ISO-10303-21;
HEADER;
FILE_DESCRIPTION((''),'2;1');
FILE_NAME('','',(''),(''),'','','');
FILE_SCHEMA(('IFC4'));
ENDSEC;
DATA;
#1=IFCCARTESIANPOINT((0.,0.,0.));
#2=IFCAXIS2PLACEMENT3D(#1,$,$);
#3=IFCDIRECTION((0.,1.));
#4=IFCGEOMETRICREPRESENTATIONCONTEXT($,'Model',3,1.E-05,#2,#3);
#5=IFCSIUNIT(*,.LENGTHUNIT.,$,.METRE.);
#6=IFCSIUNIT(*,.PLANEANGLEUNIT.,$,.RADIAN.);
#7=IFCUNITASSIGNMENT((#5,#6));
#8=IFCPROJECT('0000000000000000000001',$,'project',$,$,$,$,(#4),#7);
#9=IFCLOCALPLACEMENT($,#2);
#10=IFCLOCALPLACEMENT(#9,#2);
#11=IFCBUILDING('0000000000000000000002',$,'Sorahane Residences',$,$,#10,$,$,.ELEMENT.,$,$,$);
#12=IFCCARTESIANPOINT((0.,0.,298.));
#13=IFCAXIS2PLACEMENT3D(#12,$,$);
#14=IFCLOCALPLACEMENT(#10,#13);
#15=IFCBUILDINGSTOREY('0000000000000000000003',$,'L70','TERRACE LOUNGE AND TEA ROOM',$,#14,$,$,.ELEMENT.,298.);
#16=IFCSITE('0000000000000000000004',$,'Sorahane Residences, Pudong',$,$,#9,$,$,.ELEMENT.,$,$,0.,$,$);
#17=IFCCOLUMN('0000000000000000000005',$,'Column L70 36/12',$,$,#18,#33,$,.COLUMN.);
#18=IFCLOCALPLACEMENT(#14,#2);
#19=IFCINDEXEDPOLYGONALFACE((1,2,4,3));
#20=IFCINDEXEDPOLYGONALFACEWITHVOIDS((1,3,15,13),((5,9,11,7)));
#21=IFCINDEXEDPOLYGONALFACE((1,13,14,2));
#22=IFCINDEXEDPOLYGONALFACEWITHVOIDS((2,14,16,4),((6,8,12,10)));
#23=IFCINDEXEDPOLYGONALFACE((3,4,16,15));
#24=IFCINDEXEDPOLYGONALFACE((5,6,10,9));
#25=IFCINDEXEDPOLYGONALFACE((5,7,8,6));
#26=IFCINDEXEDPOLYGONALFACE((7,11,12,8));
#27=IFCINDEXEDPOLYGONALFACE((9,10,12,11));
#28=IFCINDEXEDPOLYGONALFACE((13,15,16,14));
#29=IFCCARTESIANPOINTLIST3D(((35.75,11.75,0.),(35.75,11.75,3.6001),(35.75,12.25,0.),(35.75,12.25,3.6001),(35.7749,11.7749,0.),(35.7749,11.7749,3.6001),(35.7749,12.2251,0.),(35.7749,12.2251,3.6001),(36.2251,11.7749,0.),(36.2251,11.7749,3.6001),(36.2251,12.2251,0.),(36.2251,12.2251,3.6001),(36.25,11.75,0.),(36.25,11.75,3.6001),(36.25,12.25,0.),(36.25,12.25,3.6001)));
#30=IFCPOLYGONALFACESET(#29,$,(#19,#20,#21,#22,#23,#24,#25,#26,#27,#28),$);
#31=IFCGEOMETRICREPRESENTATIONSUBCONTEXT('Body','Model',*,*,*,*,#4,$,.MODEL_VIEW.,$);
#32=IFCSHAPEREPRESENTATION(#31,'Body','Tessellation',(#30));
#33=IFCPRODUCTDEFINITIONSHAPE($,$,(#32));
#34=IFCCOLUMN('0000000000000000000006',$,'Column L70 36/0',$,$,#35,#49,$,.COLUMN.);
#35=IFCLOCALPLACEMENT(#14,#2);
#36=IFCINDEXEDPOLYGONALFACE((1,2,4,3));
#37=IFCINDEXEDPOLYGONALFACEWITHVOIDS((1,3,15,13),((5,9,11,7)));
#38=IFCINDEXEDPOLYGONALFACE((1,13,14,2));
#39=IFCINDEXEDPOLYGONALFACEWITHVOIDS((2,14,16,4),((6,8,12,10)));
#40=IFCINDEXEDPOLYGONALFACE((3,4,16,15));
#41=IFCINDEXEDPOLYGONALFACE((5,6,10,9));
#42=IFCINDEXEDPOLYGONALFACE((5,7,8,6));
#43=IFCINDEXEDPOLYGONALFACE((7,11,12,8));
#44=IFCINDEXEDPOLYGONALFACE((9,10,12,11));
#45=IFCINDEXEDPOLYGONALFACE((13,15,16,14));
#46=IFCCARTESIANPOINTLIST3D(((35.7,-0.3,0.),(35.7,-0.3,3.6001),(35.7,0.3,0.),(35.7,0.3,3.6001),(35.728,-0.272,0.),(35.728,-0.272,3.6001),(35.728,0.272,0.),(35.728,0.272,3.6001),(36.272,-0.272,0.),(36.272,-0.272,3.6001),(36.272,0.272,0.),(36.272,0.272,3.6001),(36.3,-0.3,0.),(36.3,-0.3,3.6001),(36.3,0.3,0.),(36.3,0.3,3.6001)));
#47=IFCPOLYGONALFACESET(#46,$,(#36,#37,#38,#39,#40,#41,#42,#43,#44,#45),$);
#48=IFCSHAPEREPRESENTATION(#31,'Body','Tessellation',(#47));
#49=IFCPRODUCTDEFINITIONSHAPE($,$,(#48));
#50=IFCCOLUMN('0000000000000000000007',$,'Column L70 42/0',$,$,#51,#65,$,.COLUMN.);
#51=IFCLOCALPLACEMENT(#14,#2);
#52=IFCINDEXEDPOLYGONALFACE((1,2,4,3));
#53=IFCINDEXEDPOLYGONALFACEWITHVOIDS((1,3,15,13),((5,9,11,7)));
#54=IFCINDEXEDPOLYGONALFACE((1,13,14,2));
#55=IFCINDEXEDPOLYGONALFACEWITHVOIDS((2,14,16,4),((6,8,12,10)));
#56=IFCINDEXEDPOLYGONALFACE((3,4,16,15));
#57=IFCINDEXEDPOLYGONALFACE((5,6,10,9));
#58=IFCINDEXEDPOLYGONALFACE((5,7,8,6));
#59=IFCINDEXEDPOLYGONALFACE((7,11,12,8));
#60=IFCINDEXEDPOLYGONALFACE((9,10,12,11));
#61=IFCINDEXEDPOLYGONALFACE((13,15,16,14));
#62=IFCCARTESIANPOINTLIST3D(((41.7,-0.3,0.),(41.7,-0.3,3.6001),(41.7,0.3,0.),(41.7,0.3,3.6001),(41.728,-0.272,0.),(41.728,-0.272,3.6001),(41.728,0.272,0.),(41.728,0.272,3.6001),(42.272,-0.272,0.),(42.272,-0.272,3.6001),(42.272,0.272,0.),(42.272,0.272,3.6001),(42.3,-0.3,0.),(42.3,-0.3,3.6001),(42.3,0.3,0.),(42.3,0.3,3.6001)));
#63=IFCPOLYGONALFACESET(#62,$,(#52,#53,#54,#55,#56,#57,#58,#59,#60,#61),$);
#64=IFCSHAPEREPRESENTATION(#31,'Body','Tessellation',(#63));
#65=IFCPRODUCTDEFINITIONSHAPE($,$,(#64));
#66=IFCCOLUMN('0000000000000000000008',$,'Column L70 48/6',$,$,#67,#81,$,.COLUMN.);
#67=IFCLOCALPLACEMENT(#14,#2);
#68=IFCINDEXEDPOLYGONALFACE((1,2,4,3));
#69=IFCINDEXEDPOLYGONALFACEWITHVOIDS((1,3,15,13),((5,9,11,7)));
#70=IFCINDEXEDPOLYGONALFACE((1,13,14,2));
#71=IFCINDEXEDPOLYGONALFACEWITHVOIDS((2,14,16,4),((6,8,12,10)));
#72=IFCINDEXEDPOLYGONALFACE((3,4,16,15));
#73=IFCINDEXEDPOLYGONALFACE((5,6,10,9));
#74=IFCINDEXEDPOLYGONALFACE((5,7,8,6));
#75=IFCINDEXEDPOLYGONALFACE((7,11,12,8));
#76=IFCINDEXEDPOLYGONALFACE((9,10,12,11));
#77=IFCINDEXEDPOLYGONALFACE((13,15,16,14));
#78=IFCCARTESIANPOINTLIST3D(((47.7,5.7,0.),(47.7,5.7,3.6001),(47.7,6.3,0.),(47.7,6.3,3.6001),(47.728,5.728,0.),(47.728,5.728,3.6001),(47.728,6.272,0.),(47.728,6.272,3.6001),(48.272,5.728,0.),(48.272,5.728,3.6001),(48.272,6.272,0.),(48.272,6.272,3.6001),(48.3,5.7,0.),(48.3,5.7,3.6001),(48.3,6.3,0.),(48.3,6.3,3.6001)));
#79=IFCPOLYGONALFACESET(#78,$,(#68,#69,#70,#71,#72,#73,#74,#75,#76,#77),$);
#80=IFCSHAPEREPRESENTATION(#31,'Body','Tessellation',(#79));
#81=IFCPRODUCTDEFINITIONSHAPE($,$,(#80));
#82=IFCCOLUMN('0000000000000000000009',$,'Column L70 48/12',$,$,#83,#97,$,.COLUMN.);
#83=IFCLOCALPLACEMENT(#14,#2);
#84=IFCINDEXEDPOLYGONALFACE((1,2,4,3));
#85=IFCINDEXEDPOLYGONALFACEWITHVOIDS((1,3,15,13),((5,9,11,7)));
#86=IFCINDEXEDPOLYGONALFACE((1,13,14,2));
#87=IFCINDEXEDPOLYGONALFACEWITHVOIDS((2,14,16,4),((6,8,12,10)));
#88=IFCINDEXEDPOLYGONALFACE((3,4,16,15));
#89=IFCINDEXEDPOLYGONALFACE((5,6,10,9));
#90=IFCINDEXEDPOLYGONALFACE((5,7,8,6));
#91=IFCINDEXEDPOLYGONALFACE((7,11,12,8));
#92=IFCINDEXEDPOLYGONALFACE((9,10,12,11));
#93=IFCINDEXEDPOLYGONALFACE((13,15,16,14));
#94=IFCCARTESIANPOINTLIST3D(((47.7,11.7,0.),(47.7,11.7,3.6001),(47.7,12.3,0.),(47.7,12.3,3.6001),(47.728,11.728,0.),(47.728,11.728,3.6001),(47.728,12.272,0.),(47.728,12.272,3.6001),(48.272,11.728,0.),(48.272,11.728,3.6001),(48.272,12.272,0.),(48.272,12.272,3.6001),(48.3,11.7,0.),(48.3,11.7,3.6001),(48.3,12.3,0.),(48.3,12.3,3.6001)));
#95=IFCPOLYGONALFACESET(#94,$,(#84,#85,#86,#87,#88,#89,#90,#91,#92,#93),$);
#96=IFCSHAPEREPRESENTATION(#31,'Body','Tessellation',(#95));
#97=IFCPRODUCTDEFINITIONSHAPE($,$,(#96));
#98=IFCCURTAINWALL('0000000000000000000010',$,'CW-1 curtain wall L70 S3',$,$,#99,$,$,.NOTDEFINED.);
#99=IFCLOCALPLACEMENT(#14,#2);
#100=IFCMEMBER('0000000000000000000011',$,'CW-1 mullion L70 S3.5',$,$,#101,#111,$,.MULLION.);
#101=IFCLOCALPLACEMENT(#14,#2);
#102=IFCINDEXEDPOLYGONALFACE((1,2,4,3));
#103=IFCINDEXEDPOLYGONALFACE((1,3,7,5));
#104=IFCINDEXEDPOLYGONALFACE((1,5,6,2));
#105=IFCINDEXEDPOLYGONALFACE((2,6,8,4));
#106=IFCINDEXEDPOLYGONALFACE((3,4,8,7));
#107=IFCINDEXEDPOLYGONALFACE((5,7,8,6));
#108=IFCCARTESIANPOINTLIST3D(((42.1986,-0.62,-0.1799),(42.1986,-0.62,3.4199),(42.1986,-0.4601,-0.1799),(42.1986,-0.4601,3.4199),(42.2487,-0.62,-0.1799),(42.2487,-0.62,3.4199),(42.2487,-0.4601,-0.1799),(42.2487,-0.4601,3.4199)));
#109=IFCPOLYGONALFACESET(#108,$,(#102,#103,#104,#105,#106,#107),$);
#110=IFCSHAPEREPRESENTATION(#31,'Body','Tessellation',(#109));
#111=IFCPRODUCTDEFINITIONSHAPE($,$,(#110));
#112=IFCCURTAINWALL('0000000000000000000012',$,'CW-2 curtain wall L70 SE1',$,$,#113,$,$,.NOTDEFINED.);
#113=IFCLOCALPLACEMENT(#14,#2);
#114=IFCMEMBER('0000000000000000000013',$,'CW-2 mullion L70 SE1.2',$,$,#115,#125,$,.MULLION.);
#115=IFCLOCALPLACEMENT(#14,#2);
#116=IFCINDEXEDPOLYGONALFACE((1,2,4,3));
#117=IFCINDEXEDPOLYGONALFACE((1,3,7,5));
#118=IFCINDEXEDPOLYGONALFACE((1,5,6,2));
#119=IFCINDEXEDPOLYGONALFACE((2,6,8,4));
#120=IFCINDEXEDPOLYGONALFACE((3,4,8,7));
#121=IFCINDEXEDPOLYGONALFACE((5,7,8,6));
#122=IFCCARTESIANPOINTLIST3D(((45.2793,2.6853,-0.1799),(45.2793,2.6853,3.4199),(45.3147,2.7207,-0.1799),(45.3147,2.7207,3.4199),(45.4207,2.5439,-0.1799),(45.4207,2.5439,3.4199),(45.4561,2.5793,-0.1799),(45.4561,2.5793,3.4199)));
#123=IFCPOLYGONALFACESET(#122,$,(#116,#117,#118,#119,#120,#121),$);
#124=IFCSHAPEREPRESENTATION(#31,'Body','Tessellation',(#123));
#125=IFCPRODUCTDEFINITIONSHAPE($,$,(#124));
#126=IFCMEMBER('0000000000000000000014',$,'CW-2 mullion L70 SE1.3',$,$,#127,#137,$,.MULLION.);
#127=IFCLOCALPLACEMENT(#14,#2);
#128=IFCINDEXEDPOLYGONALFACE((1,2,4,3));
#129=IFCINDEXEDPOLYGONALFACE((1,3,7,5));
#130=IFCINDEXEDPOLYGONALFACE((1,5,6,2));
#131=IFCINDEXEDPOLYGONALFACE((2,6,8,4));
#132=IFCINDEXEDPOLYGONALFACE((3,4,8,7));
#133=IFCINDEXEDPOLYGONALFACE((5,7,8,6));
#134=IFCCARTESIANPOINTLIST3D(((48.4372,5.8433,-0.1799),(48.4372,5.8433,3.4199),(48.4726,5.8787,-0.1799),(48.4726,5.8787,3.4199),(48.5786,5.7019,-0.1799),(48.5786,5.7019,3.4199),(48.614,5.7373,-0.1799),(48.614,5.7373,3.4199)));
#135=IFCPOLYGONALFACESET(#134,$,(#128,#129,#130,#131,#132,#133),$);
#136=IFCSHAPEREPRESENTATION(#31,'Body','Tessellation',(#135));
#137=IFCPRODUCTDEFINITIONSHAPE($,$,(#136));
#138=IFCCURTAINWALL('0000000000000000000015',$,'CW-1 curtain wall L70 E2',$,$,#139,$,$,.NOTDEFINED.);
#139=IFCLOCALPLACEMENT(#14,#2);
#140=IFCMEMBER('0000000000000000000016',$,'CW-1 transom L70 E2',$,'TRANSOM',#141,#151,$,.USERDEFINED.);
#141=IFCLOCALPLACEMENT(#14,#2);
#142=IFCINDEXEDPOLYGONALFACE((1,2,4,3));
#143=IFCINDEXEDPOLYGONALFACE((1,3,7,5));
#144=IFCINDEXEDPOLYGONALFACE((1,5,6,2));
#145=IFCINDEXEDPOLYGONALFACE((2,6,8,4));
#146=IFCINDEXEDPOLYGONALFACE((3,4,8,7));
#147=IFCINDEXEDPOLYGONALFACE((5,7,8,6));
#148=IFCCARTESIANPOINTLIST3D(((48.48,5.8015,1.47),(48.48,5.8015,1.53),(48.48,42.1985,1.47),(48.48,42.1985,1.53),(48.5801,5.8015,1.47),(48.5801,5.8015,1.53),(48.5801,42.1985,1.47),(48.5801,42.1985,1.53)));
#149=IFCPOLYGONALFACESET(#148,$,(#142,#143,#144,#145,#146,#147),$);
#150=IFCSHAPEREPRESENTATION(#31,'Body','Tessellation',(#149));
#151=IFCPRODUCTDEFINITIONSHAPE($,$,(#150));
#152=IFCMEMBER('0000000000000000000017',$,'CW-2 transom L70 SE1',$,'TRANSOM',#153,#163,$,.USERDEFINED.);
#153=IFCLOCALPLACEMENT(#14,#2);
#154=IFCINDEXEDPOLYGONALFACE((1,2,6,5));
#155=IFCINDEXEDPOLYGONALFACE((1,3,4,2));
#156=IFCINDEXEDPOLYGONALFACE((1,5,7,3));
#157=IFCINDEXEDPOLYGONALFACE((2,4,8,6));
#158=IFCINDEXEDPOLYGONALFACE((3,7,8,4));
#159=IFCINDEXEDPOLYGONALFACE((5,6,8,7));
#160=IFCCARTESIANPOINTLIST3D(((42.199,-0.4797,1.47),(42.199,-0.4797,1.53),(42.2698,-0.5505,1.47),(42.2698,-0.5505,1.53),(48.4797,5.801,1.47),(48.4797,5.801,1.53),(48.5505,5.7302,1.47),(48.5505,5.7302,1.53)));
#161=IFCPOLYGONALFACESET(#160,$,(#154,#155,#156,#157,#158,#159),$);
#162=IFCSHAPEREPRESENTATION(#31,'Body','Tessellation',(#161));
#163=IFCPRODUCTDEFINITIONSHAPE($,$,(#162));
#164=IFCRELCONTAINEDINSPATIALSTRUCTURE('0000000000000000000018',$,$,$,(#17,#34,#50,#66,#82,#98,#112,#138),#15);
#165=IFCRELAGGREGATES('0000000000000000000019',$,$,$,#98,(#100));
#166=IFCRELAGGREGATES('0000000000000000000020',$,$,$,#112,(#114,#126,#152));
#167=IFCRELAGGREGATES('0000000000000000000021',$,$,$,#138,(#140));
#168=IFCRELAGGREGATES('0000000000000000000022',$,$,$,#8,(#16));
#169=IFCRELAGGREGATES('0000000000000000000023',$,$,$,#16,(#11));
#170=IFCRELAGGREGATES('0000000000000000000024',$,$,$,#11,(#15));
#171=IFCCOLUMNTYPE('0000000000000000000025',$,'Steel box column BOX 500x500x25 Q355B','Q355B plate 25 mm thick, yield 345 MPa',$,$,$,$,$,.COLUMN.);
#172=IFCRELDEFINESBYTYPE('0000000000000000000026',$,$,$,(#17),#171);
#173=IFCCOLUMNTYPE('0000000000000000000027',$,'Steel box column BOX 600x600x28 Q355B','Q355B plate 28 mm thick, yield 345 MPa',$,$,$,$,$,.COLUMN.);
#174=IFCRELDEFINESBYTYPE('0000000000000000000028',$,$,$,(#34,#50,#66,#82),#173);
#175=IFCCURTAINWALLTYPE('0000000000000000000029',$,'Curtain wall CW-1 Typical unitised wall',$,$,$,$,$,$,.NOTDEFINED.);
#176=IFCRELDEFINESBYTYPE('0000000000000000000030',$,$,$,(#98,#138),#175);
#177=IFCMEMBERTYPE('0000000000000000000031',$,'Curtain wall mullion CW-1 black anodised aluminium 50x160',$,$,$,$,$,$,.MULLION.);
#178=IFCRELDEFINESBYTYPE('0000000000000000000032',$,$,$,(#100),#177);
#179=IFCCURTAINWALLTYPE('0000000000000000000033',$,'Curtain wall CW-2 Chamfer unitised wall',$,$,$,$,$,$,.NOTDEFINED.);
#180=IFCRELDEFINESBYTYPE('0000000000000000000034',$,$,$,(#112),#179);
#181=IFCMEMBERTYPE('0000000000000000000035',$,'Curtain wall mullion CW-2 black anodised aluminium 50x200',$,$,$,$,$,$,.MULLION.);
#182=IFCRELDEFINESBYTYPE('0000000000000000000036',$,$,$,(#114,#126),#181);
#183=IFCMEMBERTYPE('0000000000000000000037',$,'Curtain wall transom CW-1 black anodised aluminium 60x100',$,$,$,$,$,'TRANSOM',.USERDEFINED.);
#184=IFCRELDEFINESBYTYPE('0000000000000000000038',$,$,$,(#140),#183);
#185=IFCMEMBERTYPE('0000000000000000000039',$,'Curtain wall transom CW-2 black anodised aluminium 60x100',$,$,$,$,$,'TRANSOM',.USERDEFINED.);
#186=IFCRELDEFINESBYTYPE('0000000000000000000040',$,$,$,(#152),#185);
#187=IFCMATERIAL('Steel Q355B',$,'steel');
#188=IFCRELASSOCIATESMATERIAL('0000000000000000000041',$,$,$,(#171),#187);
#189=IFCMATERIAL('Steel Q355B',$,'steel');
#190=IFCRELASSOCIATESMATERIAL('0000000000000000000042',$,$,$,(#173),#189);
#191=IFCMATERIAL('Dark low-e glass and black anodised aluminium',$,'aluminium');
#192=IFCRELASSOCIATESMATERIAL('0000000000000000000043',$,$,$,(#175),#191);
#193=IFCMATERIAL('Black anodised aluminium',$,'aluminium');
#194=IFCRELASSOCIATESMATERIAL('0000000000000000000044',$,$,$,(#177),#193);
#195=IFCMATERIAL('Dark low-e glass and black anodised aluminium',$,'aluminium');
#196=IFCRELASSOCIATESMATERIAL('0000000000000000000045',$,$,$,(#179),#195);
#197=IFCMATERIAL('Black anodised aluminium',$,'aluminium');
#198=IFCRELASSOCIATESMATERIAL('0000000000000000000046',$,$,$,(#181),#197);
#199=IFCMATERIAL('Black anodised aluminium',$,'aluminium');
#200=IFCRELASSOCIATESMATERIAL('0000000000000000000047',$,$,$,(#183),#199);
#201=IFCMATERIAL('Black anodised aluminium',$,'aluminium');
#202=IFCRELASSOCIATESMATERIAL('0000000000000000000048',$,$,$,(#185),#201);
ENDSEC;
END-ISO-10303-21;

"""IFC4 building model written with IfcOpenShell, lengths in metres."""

from ifc_helpers import new_model, si_unit, direction, frame, origin, origin_2d, place, context, subcontext, project, spatial, rectangle, hollow_rectangle, extrude, material, material_profile, profile_set, type_object, element, aggregate, save


model = new_model("IFC4")

# Units and contexts
model_context = context("Model", 3, precision=1e-05, world=origin(), true_north=direction((0.0, 1.0)))
body_context = subcontext(model_context, "Body", "Model", "MODEL_VIEW")
ifc_project = project(units=[si_unit("LENGTHUNIT", "METRE"), si_unit("PLANEANGLEUNIT", "RADIAN")], contexts=[model_context])

# Site, building, storey
site_placement = place(None, origin())
site = spatial("IfcSite", under=ifc_project, at=site_placement, Name="Sorahane Residences, Pudong", CompositionType="ELEMENT", RefElevation=0.0)
building_placement = place(site_placement, origin())
building = spatial("IfcBuilding", under=site, at=building_placement, Name="Sorahane Residences", CompositionType="ELEMENT")
storey_placement = place(building_placement, frame((0.0, 0.0, 298.0)))
storey = spatial("IfcBuildingStorey", under=building, at=storey_placement, Name="L70", Description="TERRACE LOUNGE AND TEA ROOM", CompositionType="ELEMENT", Elevation=298.0)

# Columns
ifc_material_1 = material(Name="Steel Q355B", Category="steel")
ifc_material_profile_1 = material_profile(ifc_material_1, hollow_rectangle(XDim=0.5, YDim=0.5, WallThickness=0.0249, at=origin_2d()), Name="BOX 500x500x25")
ifc_profile_set_1 = profile_set([ifc_material_profile_1], Name="Steel Q355B")
column_type_1 = type_object("IfcColumnType", Name="Steel box column BOX 500x500x25 Q355B", Description="Q355B plate 25 mm thick, yield 345 MPa", PredefinedType="COLUMN", material=ifc_profile_set_1)
column_placement = place(storey_placement, frame((36.0, 12.0, 0.0), z_axis=(0.0, 0.0, 1.0), x_axis=(1.0, 0.0, 0.0)))
element("IfcColumn", 1, at=column_placement, inside=storey, type_object=column_type_1, Name="Column L70 36/12", PredefinedType="COLUMN", context=body_context, shape_type="SweptSolid", body=[
    extrude(hollow_rectangle(XDim=0.5, YDim=0.5, WallThickness=0.0249, at=origin_2d()), origin(), (0.0, 0.0, 1.0), 3.6001),
])
ifc_material_2 = material(Name="Steel Q355B", Category="steel")
ifc_material_profile_2 = material_profile(ifc_material_2, hollow_rectangle(XDim=0.6001, YDim=0.6001, WallThickness=0.0281, at=origin_2d()), Name="BOX 600x600x28")
ifc_profile_set_2 = profile_set([ifc_material_profile_2], Name="Steel Q355B")
column_type_2 = type_object("IfcColumnType", Name="Steel box column BOX 600x600x28 Q355B", Description="Q355B plate 28 mm thick, yield 345 MPa", PredefinedType="COLUMN", material=ifc_profile_set_2)
for number, where, z_axis, x_axis, name in (
    (2, (36.0, 0.0, 0.0), (0.0, 0.0, 1.0), (1.0, 0.0, 0.0), "Column L70 36/0"),
    (3, (42.0, 0.0, 0.0), (0.0, 0.0, 1.0), (1.0, 0.0, 0.0), "Column L70 42/0"),
    (4, (48.0, 6.0, 0.0), (0.0, 0.0, 1.0), (1.0, 0.0, 0.0), "Column L70 48/6"),
    (5, (48.0, 12.0, 0.0), (0.0, 0.0, 1.0), (1.0, 0.0, 0.0), "Column L70 48/12"),
):
    element("IfcColumn", number, at=place(storey_placement, frame(where, z_axis=z_axis, x_axis=x_axis)), inside=storey, type_object=column_type_2, Name=name, PredefinedType="COLUMN", context=body_context, shape_type="SweptSolid", body=[
        extrude(hollow_rectangle(XDim=0.6001, YDim=0.6001, WallThickness=0.0281, at=origin_2d()), origin(), (0.0, 0.0, 1.0), 3.6001),
    ])

# Curtain wall, member
ifc_material_3 = material(Name="Dark low-e glass and black anodised aluminium", Category="aluminium")
curtain_wall_type_1 = type_object("IfcCurtainWallType", Name="Curtain wall CW-1 Typical unitised wall", PredefinedType="NOTDEFINED", material=ifc_material_3)
curtain_wall_1_placement = place(storey_placement, origin())
curtain_wall_1 = element("IfcCurtainWall", 6, at=curtain_wall_1_placement, inside=storey, type_object=curtain_wall_type_1, Name="CW-1 curtain wall L70 S3", PredefinedType="NOTDEFINED")
ifc_material_4 = material(Name="Black anodised aluminium", Category="aluminium")
ifc_material_profile_3 = material_profile(ifc_material_4, rectangle(XDim=0.1599, YDim=0.05, at=origin_2d()), Name="Curtain wall mullion CW-1 black anodised aluminium 50x160")
ifc_profile_set_3 = profile_set([ifc_material_profile_3], Name="Black anodised aluminium")
member_type_1 = type_object("IfcMemberType", Name="Curtain wall mullion CW-1 black anodised aluminium 50x160", PredefinedType="MULLION", material=ifc_profile_set_3)
member_1_placement = place(storey_placement, frame((42.2236, -0.54, -0.1799), z_axis=(0.0, 0.0, 1.0), x_axis=(0.0, -1.0, 0.0)))
member_1 = element("IfcMember", 7, at=member_1_placement, type_object=member_type_1, Name="CW-1 mullion L70 S3.5", PredefinedType="MULLION", context=body_context, shape_type="SweptSolid", body=[
    extrude(rectangle(XDim=0.1599, YDim=0.05, at=origin_2d()), origin(), (0.0, 0.0, 1.0), 3.5999),
])

# Curtain wall, members
ifc_material_5 = material(Name="Dark low-e glass and black anodised aluminium", Category="aluminium")
curtain_wall_type_2 = type_object("IfcCurtainWallType", Name="Curtain wall CW-2 Chamfer unitised wall", PredefinedType="NOTDEFINED", material=ifc_material_5)
curtain_wall_2_placement = place(storey_placement, origin())
curtain_wall_2 = element("IfcCurtainWall", 8, at=curtain_wall_2_placement, inside=storey, type_object=curtain_wall_type_2, Name="CW-2 curtain wall L70 SE1", PredefinedType="NOTDEFINED")
ifc_material_6 = material(Name="Black anodised aluminium", Category="aluminium")
ifc_material_profile_4 = material_profile(ifc_material_6, rectangle(XDim=0.2, YDim=0.05, at=origin_2d()), Name="Curtain wall mullion CW-2 black anodised aluminium 50x200")
ifc_profile_set_4 = profile_set([ifc_material_profile_4], Name="Black anodised aluminium")
member_type_2 = type_object("IfcMemberType", Name="Curtain wall mullion CW-2 black anodised aluminium 50x200", PredefinedType="MULLION", material=ifc_profile_set_4)
member_2_placement = place(storey_placement, frame((45.3677, 2.6323, -0.1799), z_axis=(0.0, 0.0, 1.0), x_axis=(0.707107, -0.707107, 0.0)))
member_2 = element("IfcMember", 9, at=member_2_placement, type_object=member_type_2, Name="CW-2 mullion L70 SE1.2", PredefinedType="MULLION", context=body_context, shape_type="SweptSolid", body=[
    extrude(rectangle(XDim=0.2, YDim=0.05, at=origin_2d()), origin(), (0.0, 0.0, 1.0), 3.5999),
])
member_3_placement = place(storey_placement, frame((48.5256, 5.7903, -0.1799), z_axis=(0.0, 0.0, 1.0), x_axis=(0.707107, -0.707107, 0.0)))
member_3 = element("IfcMember", 10, at=member_3_placement, type_object=member_type_2, Name="CW-2 mullion L70 SE1.3", PredefinedType="MULLION", context=body_context, shape_type="SweptSolid", body=[
    extrude(rectangle(XDim=0.2, YDim=0.05, at=origin_2d()), origin(), (0.0, 0.0, 1.0), 3.5999),
])

# Curtain wall, member
curtain_wall_3_placement = place(storey_placement, origin())
curtain_wall_3 = element("IfcCurtainWall", 11, at=curtain_wall_3_placement, inside=storey, type_object=curtain_wall_type_1, Name="CW-1 curtain wall L70 E2", PredefinedType="NOTDEFINED")
ifc_material_7 = material(Name="Black anodised aluminium", Category="aluminium")
ifc_material_profile_5 = material_profile(ifc_material_7, rectangle(XDim=0.1001, YDim=0.0601, at=origin_2d()), Name="Curtain wall transom CW-1 black anodised aluminium 60x100")
ifc_profile_set_5 = profile_set([ifc_material_profile_5], Name="Black anodised aluminium")
member_type_3 = type_object("IfcMemberType", Name="Curtain wall transom CW-1 black anodised aluminium 60x100", ElementType="TRANSOM", PredefinedType="USERDEFINED", material=ifc_profile_set_5)
member_4_placement = place(storey_placement, frame((48.53, 5.8015, 1.5), z_axis=(0.0, 1.0, 0.0), x_axis=(-1.0, 0.0, 0.0)))
member_4 = element("IfcMember", 12, at=member_4_placement, type_object=member_type_3, Name="CW-1 transom L70 E2", ObjectType="TRANSOM", PredefinedType="USERDEFINED", context=body_context, shape_type="SweptSolid", body=[
    extrude(rectangle(XDim=0.1001, YDim=0.0601, at=origin_2d()), origin(), (0.0, 0.0, 1.0), 36.397),
])

# Member
ifc_material_8 = material(Name="Black anodised aluminium", Category="aluminium")
ifc_material_profile_6 = material_profile(ifc_material_8, rectangle(XDim=0.1001, YDim=0.0601, at=origin_2d()), Name="Curtain wall transom CW-2 black anodised aluminium 60x100")
ifc_profile_set_6 = profile_set([ifc_material_profile_6], Name="Black anodised aluminium")
member_type_4 = type_object("IfcMemberType", Name="Curtain wall transom CW-2 black anodised aluminium 60x100", ElementType="TRANSOM", PredefinedType="USERDEFINED", material=ifc_profile_set_6)
member_5_placement = place(storey_placement, frame((42.2344, -0.5151, 1.5), z_axis=(0.707107, 0.707107, 0.0), x_axis=(-0.707107, 0.707107, 0.0)))
member_5 = element("IfcMember", 13, at=member_5_placement, type_object=member_type_4, Name="CW-2 transom L70 SE1", ObjectType="TRANSOM", PredefinedType="USERDEFINED", context=body_context, shape_type="SweptSolid", body=[
    extrude(rectangle(XDim=0.1001, YDim=0.0601, at=origin_2d()), origin(), (0.0, 0.0, 1.0), 8.8823),
])

aggregate(curtain_wall_1, [member_1])
aggregate(curtain_wall_2, [member_2, member_3, member_5])
aggregate(curtain_wall_3, [member_4])

save(model, "model.ifc")
